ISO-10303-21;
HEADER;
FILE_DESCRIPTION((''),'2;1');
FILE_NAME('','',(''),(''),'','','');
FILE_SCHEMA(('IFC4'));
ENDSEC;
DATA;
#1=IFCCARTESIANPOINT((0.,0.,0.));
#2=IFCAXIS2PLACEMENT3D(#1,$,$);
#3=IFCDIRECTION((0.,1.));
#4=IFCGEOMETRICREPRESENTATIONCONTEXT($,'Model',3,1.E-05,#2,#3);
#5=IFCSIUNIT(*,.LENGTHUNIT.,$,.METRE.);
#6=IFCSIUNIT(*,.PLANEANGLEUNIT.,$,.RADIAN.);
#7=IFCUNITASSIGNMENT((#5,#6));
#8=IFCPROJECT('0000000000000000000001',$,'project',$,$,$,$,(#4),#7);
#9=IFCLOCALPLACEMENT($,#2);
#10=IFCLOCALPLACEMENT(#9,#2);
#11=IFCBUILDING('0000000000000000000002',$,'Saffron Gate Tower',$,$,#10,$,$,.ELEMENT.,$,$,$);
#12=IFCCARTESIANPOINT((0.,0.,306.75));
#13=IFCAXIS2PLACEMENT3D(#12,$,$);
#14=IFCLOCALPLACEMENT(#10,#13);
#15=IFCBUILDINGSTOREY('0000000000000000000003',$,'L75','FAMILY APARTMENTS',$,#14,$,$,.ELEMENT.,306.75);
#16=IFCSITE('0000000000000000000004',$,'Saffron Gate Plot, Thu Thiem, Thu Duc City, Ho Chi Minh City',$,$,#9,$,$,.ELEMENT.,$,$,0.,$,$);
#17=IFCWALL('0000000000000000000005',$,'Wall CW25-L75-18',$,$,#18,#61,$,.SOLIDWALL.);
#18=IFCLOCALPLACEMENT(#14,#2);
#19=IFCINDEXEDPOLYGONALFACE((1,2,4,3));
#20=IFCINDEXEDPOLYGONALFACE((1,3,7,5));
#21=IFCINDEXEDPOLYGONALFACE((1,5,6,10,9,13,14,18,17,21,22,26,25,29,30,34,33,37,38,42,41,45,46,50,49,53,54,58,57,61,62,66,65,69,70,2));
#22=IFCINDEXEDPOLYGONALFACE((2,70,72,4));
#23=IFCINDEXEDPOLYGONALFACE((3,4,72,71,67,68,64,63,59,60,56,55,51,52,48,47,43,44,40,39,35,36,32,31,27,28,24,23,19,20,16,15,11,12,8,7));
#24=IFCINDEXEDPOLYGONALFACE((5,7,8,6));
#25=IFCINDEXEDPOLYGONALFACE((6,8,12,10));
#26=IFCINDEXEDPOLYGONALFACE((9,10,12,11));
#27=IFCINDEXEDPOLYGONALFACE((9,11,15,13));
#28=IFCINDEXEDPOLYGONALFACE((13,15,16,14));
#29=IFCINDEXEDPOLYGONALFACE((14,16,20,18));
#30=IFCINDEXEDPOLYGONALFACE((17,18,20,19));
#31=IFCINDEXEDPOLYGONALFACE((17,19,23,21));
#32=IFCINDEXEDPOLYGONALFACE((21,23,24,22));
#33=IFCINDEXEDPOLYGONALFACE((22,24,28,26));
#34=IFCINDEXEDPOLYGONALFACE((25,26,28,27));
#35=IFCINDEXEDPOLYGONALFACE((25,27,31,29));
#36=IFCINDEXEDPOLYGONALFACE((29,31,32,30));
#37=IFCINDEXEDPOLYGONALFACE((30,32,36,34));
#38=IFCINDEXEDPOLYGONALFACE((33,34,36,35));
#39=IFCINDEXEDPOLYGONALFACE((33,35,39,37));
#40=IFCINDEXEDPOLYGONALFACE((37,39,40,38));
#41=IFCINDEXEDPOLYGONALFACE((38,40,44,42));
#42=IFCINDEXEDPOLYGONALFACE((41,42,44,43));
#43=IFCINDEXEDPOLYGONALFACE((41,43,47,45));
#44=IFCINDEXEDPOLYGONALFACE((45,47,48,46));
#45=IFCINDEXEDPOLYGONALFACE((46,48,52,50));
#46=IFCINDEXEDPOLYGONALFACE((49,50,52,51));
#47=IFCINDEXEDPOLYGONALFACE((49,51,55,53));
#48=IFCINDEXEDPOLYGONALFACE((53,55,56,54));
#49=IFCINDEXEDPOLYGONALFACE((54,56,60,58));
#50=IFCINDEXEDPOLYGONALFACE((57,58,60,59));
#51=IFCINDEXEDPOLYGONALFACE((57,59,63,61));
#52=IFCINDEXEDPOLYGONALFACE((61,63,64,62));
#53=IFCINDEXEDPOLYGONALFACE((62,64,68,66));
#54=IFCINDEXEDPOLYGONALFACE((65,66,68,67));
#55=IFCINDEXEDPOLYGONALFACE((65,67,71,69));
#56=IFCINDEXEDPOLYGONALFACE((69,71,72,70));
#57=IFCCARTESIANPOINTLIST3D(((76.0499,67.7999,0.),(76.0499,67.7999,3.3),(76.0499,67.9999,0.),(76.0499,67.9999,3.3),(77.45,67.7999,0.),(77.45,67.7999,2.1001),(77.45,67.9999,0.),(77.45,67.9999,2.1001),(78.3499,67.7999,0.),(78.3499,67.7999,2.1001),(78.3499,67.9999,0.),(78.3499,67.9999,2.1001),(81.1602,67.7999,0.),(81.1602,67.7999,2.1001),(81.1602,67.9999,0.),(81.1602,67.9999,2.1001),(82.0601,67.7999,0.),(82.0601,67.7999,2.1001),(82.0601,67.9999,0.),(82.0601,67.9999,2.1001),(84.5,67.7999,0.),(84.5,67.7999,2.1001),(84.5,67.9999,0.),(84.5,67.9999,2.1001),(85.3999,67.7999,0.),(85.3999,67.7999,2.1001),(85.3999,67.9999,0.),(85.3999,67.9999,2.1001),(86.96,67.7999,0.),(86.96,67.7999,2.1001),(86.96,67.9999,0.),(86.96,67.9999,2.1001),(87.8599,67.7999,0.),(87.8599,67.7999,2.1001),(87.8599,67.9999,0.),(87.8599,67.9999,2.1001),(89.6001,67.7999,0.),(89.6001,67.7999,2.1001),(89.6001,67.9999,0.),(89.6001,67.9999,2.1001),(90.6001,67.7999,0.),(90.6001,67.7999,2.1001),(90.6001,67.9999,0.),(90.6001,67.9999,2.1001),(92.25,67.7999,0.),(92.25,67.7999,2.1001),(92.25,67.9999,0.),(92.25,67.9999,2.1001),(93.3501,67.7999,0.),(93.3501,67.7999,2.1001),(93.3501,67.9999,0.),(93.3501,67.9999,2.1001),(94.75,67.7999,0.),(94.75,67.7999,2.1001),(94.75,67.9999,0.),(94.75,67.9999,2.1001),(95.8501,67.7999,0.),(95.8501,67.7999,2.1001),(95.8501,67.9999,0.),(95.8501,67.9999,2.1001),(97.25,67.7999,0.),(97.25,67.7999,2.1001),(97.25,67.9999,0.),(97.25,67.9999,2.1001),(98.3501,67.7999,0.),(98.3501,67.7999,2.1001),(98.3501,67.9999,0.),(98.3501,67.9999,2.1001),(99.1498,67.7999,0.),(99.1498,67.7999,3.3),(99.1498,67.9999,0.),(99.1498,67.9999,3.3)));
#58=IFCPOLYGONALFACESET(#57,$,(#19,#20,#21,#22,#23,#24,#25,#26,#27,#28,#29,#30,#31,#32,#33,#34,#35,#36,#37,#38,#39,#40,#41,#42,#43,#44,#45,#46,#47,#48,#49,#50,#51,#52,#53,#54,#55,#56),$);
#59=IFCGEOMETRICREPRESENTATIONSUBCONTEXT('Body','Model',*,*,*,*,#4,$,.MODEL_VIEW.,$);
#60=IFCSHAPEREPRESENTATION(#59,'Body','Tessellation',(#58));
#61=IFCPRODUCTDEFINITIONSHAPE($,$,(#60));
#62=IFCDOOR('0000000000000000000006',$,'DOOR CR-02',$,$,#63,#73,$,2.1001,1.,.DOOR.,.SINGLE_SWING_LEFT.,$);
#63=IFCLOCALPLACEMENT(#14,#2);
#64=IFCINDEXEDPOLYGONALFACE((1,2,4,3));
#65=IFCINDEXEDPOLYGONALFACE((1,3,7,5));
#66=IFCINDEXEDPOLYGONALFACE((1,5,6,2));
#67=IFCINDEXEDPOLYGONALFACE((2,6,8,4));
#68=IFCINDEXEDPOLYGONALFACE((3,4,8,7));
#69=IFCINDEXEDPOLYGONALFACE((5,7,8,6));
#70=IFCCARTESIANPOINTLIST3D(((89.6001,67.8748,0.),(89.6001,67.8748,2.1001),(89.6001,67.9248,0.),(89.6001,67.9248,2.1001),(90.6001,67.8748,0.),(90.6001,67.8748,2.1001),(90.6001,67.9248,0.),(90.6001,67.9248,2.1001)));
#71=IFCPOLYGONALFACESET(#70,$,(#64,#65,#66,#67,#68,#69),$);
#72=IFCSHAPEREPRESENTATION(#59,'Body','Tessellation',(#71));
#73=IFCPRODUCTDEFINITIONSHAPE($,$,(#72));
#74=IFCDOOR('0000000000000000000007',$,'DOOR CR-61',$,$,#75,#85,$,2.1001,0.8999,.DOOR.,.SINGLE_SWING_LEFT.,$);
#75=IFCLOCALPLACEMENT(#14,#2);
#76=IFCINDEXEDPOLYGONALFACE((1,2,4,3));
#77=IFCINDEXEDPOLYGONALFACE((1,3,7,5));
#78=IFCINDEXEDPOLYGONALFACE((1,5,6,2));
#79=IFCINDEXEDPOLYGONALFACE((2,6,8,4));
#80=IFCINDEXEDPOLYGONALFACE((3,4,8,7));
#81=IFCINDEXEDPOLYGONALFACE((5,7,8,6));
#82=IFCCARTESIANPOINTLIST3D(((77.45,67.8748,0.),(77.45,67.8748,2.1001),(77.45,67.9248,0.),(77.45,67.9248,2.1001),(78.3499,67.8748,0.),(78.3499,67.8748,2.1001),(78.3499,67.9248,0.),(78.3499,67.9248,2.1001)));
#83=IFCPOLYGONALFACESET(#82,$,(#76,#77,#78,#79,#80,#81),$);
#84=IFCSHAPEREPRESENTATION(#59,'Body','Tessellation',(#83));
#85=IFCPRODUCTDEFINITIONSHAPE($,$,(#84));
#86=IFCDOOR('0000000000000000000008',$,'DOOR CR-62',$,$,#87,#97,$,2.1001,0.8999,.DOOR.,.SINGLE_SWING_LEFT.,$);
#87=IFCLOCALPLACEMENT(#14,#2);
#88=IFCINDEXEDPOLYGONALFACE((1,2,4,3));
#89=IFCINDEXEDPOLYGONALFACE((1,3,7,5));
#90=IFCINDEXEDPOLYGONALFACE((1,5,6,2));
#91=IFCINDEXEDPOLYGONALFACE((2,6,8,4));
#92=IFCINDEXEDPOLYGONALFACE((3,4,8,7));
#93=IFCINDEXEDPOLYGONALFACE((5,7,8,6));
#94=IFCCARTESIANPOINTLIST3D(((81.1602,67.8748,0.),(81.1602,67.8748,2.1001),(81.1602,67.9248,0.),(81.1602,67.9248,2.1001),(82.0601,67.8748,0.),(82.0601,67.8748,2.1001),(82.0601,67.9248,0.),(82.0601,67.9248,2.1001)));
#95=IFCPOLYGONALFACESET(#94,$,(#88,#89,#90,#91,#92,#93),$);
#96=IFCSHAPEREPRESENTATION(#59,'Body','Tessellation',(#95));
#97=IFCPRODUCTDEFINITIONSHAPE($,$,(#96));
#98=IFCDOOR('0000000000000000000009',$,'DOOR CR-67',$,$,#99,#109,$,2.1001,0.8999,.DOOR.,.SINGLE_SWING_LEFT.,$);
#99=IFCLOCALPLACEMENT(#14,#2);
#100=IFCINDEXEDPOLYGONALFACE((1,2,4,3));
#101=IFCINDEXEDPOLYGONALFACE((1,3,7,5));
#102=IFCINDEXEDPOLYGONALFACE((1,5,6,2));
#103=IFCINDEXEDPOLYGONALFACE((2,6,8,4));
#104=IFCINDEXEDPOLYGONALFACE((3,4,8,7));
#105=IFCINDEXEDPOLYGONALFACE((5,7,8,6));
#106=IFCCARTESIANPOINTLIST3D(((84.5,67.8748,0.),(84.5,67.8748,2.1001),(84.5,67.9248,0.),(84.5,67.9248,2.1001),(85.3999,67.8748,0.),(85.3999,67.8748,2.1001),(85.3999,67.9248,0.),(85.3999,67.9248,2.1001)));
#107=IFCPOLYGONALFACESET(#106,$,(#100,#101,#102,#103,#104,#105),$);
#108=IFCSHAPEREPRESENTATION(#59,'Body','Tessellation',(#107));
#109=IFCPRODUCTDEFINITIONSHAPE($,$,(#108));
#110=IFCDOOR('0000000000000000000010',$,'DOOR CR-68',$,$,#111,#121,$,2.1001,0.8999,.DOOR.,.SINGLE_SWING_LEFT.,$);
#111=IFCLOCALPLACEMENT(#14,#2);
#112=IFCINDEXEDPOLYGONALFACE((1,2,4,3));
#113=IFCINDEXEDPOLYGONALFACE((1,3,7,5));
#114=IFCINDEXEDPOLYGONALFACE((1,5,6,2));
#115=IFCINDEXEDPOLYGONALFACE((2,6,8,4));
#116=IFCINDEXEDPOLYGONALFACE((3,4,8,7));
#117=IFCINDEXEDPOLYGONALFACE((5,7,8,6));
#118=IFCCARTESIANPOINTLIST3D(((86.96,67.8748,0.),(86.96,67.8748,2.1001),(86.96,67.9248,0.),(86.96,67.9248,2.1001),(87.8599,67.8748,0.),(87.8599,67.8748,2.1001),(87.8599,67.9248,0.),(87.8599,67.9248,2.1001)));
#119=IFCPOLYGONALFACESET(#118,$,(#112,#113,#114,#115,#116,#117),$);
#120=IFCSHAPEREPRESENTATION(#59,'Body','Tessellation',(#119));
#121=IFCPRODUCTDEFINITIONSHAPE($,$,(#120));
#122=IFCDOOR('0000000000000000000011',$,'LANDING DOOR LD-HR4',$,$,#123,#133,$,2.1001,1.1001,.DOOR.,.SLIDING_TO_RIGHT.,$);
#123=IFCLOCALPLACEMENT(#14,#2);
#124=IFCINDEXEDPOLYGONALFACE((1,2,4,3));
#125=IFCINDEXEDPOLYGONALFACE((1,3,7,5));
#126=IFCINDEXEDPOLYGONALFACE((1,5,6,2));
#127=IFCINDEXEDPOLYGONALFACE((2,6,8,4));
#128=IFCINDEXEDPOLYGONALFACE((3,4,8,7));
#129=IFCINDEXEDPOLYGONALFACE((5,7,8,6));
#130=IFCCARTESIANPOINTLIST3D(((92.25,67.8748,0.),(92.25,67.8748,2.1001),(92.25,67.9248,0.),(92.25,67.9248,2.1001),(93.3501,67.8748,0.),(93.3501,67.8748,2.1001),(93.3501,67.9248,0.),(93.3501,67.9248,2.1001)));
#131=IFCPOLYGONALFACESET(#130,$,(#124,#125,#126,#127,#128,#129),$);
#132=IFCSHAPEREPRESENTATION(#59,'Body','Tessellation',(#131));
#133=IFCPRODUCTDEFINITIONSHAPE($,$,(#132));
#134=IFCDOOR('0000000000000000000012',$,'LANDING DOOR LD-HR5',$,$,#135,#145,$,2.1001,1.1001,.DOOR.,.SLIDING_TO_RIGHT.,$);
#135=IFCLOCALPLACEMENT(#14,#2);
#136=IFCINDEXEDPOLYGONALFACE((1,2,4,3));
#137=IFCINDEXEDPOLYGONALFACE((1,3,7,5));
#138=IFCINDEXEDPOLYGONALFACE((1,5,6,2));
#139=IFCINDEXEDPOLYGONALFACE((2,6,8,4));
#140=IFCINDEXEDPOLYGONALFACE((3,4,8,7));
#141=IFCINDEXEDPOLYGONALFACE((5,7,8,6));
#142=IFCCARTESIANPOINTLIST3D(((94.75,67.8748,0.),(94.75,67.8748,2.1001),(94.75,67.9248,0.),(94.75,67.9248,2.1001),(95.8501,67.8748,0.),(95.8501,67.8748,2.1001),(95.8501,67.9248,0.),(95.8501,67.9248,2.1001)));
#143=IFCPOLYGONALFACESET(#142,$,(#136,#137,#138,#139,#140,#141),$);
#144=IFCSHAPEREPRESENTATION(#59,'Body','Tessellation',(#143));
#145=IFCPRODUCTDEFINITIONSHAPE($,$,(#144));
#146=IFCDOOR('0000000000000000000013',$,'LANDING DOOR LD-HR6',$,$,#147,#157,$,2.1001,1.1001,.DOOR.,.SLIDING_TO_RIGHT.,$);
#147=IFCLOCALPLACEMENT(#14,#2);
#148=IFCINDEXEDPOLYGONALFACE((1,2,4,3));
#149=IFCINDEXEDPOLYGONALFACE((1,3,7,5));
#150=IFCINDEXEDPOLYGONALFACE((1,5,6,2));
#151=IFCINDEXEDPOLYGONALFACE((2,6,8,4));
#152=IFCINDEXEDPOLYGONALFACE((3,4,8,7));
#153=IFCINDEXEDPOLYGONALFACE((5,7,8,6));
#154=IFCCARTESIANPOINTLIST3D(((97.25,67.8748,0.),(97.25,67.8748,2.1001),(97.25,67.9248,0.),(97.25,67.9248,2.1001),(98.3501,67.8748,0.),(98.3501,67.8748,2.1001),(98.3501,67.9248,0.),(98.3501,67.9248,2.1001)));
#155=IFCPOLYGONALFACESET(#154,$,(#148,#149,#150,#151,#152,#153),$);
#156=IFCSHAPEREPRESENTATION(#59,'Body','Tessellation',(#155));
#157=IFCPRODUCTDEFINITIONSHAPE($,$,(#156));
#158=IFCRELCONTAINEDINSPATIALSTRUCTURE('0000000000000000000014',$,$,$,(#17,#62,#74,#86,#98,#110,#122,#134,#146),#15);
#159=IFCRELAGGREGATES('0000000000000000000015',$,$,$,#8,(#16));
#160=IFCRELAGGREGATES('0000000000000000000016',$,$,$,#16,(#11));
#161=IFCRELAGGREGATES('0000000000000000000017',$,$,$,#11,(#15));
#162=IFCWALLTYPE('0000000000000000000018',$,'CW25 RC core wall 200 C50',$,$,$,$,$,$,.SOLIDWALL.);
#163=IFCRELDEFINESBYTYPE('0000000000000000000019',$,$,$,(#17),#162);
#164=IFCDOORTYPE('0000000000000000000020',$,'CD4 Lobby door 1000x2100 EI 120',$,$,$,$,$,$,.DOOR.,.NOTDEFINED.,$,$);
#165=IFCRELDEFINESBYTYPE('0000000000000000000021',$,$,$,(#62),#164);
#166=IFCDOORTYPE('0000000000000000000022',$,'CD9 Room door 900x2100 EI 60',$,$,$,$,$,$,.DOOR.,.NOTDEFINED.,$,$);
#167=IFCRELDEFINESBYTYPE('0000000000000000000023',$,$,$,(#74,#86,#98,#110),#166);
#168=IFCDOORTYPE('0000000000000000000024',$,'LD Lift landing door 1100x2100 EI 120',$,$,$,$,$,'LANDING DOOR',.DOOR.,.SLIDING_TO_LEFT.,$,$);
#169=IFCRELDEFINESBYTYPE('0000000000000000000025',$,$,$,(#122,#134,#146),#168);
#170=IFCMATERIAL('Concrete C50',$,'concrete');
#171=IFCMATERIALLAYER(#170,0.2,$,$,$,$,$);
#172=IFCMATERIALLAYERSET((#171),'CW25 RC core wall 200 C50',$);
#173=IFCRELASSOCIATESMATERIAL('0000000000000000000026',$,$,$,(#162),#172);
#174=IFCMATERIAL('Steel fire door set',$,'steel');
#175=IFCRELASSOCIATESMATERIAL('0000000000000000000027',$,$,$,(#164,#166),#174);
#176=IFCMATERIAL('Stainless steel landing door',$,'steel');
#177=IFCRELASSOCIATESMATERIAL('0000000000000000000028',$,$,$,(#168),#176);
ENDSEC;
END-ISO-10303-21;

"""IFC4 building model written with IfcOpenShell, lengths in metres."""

from ifc_helpers import new_model, si_unit, direction, frame, frame_2d, origin, place, context, subcontext, project, spatial, rectangle, extrude, material, layer, layer_set, type_object, element, fill, save


model = new_model("IFC4")

# Units and contexts
model_context = context("Model", 3, precision=1e-05, world=origin(), true_north=direction((0.0, 1.0)))
body_context = subcontext(model_context, "Body", "Model", "MODEL_VIEW")
ifc_project = project(units=[si_unit("LENGTHUNIT", "METRE"), si_unit("PLANEANGLEUNIT", "RADIAN")], contexts=[model_context])

# Site, building, storey
site_placement = place(None, origin())
site = spatial("IfcSite", under=ifc_project, at=site_placement, Name="Saffron Gate Plot, Thu Thiem, Thu Duc City, Ho Chi Minh City", CompositionType="ELEMENT", RefElevation=0.0)
building_placement = place(site_placement, origin())
building = spatial("IfcBuilding", under=site, at=building_placement, Name="Saffron Gate Tower", CompositionType="ELEMENT")
storey_placement = place(building_placement, frame((0.0, 0.0, 306.75)))
storey = spatial("IfcBuildingStorey", under=building, at=storey_placement, Name="L75", Description="FAMILY APARTMENTS", CompositionType="ELEMENT", Elevation=306.75)

# Shared definitions
ifc_material_1 = material(Name="Concrete C50", Category="concrete")

# Wall, openings, doors
ifc_layer_1 = layer(ifc_material_1, 0.2)
ifc_layer_set_1 = layer_set([ifc_layer_1], Name="CW25 RC core wall 200 C50")
wall_type_1 = type_object("IfcWallType", Name="CW25 RC core wall 200 C50", PredefinedType="SOLIDWALL", material=ifc_layer_set_1)
wall_1_placement = place(storey_placement, frame((76.05, 67.8999, 0.0), z_axis=(0.0, 0.0, 1.0), x_axis=(1.0, 0.0, 0.0)))
wall_1 = element("IfcWall", 1, at=wall_1_placement, inside=storey, type_object=wall_type_1, Name="Wall CW25-L75-18", PredefinedType="SOLIDWALL", context=body_context, shape_type="SweptSolid", body=[
    extrude(rectangle(XDim=23.0999, YDim=0.2, at=frame_2d((11.5498, 0.0))), origin(), (0.0, 0.0, 1.0), 3.3),
])
opening_1_placement = place(wall_1_placement, frame((1.3999, 0.0, 0.0)))
opening_1 = element("IfcOpeningElement", 2, at=opening_1_placement, cuts=wall_1, PredefinedType="OPENING", context=body_context, shape_type="SweptSolid", body=[
    extrude(rectangle(XDim=0.8999, YDim=2.1001, at=frame_2d((0.45, 1.05))), frame((0.0, 0.1099, 0.0), z_axis=(0.0, -1.0, 0.0), x_axis=(1.0, 0.0, 0.0)), (0.0, 0.0, 1.0), 0.22),
])
opening_2_placement = place(wall_1_placement, frame((5.1101, 0.0, 0.0)))
opening_2 = element("IfcOpeningElement", 3, at=opening_2_placement, cuts=wall_1, PredefinedType="OPENING", context=body_context, shape_type="SweptSolid", body=[
    extrude(rectangle(XDim=0.8999, YDim=2.1001, at=frame_2d((0.45, 1.05))), frame((0.0, 0.1099, 0.0), z_axis=(0.0, -1.0, 0.0), x_axis=(1.0, 0.0, 0.0)), (0.0, 0.0, 1.0), 0.22),
])
opening_3_placement = place(wall_1_placement, frame((8.45, 0.0, 0.0)))
opening_3 = element("IfcOpeningElement", 4, at=opening_3_placement, cuts=wall_1, PredefinedType="OPENING", context=body_context, shape_type="SweptSolid", body=[
    extrude(rectangle(XDim=0.8999, YDim=2.1001, at=frame_2d((0.45, 1.05))), frame((0.0, 0.1099, 0.0), z_axis=(0.0, -1.0, 0.0), x_axis=(1.0, 0.0, 0.0)), (0.0, 0.0, 1.0), 0.22),
])
opening_4_placement = place(wall_1_placement, frame((10.9099, 0.0, 0.0)))
opening_4 = element("IfcOpeningElement", 5, at=opening_4_placement, cuts=wall_1, PredefinedType="OPENING", context=body_context, shape_type="SweptSolid", body=[
    extrude(rectangle(XDim=0.8999, YDim=2.1001, at=frame_2d((0.45, 1.05))), frame((0.0, 0.1099, 0.0), z_axis=(0.0, -1.0, 0.0), x_axis=(1.0, 0.0, 0.0)), (0.0, 0.0, 1.0), 0.22),
])
opening_5_placement = place(wall_1_placement, frame((13.55, 0.0, 0.0)))
opening_5 = element("IfcOpeningElement", 6, at=opening_5_placement, cuts=wall_1, PredefinedType="OPENING", context=body_context, shape_type="SweptSolid", body=[
    extrude(rectangle(XDim=1.0, YDim=2.1001, at=frame_2d((0.5, 1.05))), frame((0.0, 0.1099, 0.0), z_axis=(0.0, -1.0, 0.0), x_axis=(1.0, 0.0, 0.0)), (0.0, 0.0, 1.0), 0.22),
])
opening_6_placement = place(wall_1_placement, frame((16.2, 0.0, 0.0)))
opening_6 = element("IfcOpeningElement", 7, at=opening_6_placement, cuts=wall_1, PredefinedType="OPENING", context=body_context, shape_type="SweptSolid", body=[
    extrude(rectangle(XDim=1.1001, YDim=2.1001, at=frame_2d((0.55, 1.05))), frame((0.0, 0.1099, 0.0), z_axis=(0.0, -1.0, 0.0), x_axis=(1.0, 0.0, 0.0)), (0.0, 0.0, 1.0), 0.22),
])
opening_7_placement = place(wall_1_placement, frame((18.7, 0.0, 0.0)))
opening_7 = element("IfcOpeningElement", 8, at=opening_7_placement, cuts=wall_1, PredefinedType="OPENING", context=body_context, shape_type="SweptSolid", body=[
    extrude(rectangle(XDim=1.1001, YDim=2.1001, at=frame_2d((0.55, 1.05))), frame((0.0, 0.1099, 0.0), z_axis=(0.0, -1.0, 0.0), x_axis=(1.0, 0.0, 0.0)), (0.0, 0.0, 1.0), 0.22),
])
opening_8_placement = place(wall_1_placement, frame((21.2, 0.0, 0.0)))
opening_8 = element("IfcOpeningElement", 9, at=opening_8_placement, cuts=wall_1, PredefinedType="OPENING", context=body_context, shape_type="SweptSolid", body=[
    extrude(rectangle(XDim=1.1001, YDim=2.1001, at=frame_2d((0.55, 1.05))), frame((0.0, 0.1099, 0.0), z_axis=(0.0, -1.0, 0.0), x_axis=(1.0, 0.0, 0.0)), (0.0, 0.0, 1.0), 0.22),
])
ifc_material_2 = material(Name="Steel fire door set", Category="steel")
door_type_1 = type_object("IfcDoorType", Name="CD4 Lobby door 1000x2100 EI 120", OperationType="NOTDEFINED", PredefinedType="DOOR", material=ifc_material_2)
door_1_placement = place(opening_5_placement, origin())
door_1 = element("IfcDoor", 10, at=door_1_placement, inside=storey, type_object=door_type_1, Name="DOOR CR-02", OperationType="SINGLE_SWING_LEFT", OverallHeight=2.1001, OverallWidth=1.0, PredefinedType="DOOR", context=body_context, shape_type="SweptSolid", body=[
    extrude(rectangle(XDim=1.0, YDim=2.1001, at=frame_2d((0.5, 1.05))), frame((0.0, 0.0249, 0.0), z_axis=(0.0, -1.0, 0.0), x_axis=(1.0, 0.0, 0.0)), (0.0, 0.0, 1.0), 0.05),
])
fill(opening_5, door_1)
door_type_2 = type_object("IfcDoorType", Name="CD9 Room door 900x2100 EI 60", OperationType="NOTDEFINED", PredefinedType="DOOR", material=ifc_material_2)
door_2_placement = place(opening_1_placement, origin())
door_2 = element("IfcDoor", 11, at=door_2_placement, inside=storey, type_object=door_type_2, Name="DOOR CR-61", OperationType="SINGLE_SWING_LEFT", OverallHeight=2.1001, OverallWidth=0.8999, PredefinedType="DOOR", context=body_context, shape_type="SweptSolid", body=[
    extrude(rectangle(XDim=0.8999, YDim=2.1001, at=frame_2d((0.45, 1.05))), frame((0.0, 0.0249, 0.0), z_axis=(0.0, -1.0, 0.0), x_axis=(1.0, 0.0, 0.0)), (0.0, 0.0, 1.0), 0.05),
])
fill(opening_1, door_2)
door_3_placement = place(opening_2_placement, origin())
door_3 = element("IfcDoor", 12, at=door_3_placement, inside=storey, type_object=door_type_2, Name="DOOR CR-62", OperationType="SINGLE_SWING_LEFT", OverallHeight=2.1001, OverallWidth=0.8999, PredefinedType="DOOR", context=body_context, shape_type="SweptSolid", body=[
    extrude(rectangle(XDim=0.8999, YDim=2.1001, at=frame_2d((0.45, 1.05))), frame((0.0, 0.0249, 0.0), z_axis=(0.0, -1.0, 0.0), x_axis=(1.0, 0.0, 0.0)), (0.0, 0.0, 1.0), 0.05),
])
fill(opening_2, door_3)
door_4_placement = place(opening_3_placement, origin())
door_4 = element("IfcDoor", 13, at=door_4_placement, inside=storey, type_object=door_type_2, Name="DOOR CR-67", OperationType="SINGLE_SWING_LEFT", OverallHeight=2.1001, OverallWidth=0.8999, PredefinedType="DOOR", context=body_context, shape_type="SweptSolid", body=[
    extrude(rectangle(XDim=0.8999, YDim=2.1001, at=frame_2d((0.45, 1.05))), frame((0.0, 0.0249, 0.0), z_axis=(0.0, -1.0, 0.0), x_axis=(1.0, 0.0, 0.0)), (0.0, 0.0, 1.0), 0.05),
])
fill(opening_3, door_4)
door_5_placement = place(opening_4_placement, origin())
door_5 = element("IfcDoor", 14, at=door_5_placement, inside=storey, type_object=door_type_2, Name="DOOR CR-68", OperationType="SINGLE_SWING_LEFT", OverallHeight=2.1001, OverallWidth=0.8999, PredefinedType="DOOR", context=body_context, shape_type="SweptSolid", body=[
    extrude(rectangle(XDim=0.8999, YDim=2.1001, at=frame_2d((0.45, 1.05))), frame((0.0, 0.0249, 0.0), z_axis=(0.0, -1.0, 0.0), x_axis=(1.0, 0.0, 0.0)), (0.0, 0.0, 1.0), 0.05),
])
fill(opening_4, door_5)
ifc_material_3 = material(Name="Stainless steel landing door", Category="steel")
door_type_3 = type_object("IfcDoorType", Name="LD Lift landing door 1100x2100 EI 120", ElementType="LANDING DOOR", OperationType="SLIDING_TO_LEFT", PredefinedType="DOOR", material=ifc_material_3)
door_6_placement = place(opening_6_placement, origin())
door_6 = element("IfcDoor", 15, at=door_6_placement, inside=storey, type_object=door_type_3, Name="LANDING DOOR LD-HR4", OperationType="SLIDING_TO_RIGHT", OverallHeight=2.1001, OverallWidth=1.1001, PredefinedType="DOOR", context=body_context, shape_type="SweptSolid", body=[
    extrude(rectangle(XDim=1.1001, YDim=2.1001, at=frame_2d((0.55, 1.05))), frame((0.0, 0.0249, 0.0), z_axis=(0.0, -1.0, 0.0), x_axis=(1.0, 0.0, 0.0)), (0.0, 0.0, 1.0), 0.05),
])
fill(opening_6, door_6)
door_7_placement = place(opening_7_placement, origin())
door_7 = element("IfcDoor", 16, at=door_7_placement, inside=storey, type_object=door_type_3, Name="LANDING DOOR LD-HR5", OperationType="SLIDING_TO_RIGHT", OverallHeight=2.1001, OverallWidth=1.1001, PredefinedType="DOOR", context=body_context, shape_type="SweptSolid", body=[
    extrude(rectangle(XDim=1.1001, YDim=2.1001, at=frame_2d((0.55, 1.05))), frame((0.0, 0.0249, 0.0), z_axis=(0.0, -1.0, 0.0), x_axis=(1.0, 0.0, 0.0)), (0.0, 0.0, 1.0), 0.05),
])
fill(opening_7, door_7)
door_8_placement = place(opening_8_placement, origin())
door_8 = element("IfcDoor", 17, at=door_8_placement, inside=storey, type_object=door_type_3, Name="LANDING DOOR LD-HR6", OperationType="SLIDING_TO_RIGHT", OverallHeight=2.1001, OverallWidth=1.1001, PredefinedType="DOOR", context=body_context, shape_type="SweptSolid", body=[
    extrude(rectangle(XDim=1.1001, YDim=2.1001, at=frame_2d((0.55, 1.05))), frame((0.0, 0.0249, 0.0), z_axis=(0.0, -1.0, 0.0), x_axis=(1.0, 0.0, 0.0)), (0.0, 0.0, 1.0), 0.05),
])
fill(opening_8, door_8)

save(model, "model.ifc")
